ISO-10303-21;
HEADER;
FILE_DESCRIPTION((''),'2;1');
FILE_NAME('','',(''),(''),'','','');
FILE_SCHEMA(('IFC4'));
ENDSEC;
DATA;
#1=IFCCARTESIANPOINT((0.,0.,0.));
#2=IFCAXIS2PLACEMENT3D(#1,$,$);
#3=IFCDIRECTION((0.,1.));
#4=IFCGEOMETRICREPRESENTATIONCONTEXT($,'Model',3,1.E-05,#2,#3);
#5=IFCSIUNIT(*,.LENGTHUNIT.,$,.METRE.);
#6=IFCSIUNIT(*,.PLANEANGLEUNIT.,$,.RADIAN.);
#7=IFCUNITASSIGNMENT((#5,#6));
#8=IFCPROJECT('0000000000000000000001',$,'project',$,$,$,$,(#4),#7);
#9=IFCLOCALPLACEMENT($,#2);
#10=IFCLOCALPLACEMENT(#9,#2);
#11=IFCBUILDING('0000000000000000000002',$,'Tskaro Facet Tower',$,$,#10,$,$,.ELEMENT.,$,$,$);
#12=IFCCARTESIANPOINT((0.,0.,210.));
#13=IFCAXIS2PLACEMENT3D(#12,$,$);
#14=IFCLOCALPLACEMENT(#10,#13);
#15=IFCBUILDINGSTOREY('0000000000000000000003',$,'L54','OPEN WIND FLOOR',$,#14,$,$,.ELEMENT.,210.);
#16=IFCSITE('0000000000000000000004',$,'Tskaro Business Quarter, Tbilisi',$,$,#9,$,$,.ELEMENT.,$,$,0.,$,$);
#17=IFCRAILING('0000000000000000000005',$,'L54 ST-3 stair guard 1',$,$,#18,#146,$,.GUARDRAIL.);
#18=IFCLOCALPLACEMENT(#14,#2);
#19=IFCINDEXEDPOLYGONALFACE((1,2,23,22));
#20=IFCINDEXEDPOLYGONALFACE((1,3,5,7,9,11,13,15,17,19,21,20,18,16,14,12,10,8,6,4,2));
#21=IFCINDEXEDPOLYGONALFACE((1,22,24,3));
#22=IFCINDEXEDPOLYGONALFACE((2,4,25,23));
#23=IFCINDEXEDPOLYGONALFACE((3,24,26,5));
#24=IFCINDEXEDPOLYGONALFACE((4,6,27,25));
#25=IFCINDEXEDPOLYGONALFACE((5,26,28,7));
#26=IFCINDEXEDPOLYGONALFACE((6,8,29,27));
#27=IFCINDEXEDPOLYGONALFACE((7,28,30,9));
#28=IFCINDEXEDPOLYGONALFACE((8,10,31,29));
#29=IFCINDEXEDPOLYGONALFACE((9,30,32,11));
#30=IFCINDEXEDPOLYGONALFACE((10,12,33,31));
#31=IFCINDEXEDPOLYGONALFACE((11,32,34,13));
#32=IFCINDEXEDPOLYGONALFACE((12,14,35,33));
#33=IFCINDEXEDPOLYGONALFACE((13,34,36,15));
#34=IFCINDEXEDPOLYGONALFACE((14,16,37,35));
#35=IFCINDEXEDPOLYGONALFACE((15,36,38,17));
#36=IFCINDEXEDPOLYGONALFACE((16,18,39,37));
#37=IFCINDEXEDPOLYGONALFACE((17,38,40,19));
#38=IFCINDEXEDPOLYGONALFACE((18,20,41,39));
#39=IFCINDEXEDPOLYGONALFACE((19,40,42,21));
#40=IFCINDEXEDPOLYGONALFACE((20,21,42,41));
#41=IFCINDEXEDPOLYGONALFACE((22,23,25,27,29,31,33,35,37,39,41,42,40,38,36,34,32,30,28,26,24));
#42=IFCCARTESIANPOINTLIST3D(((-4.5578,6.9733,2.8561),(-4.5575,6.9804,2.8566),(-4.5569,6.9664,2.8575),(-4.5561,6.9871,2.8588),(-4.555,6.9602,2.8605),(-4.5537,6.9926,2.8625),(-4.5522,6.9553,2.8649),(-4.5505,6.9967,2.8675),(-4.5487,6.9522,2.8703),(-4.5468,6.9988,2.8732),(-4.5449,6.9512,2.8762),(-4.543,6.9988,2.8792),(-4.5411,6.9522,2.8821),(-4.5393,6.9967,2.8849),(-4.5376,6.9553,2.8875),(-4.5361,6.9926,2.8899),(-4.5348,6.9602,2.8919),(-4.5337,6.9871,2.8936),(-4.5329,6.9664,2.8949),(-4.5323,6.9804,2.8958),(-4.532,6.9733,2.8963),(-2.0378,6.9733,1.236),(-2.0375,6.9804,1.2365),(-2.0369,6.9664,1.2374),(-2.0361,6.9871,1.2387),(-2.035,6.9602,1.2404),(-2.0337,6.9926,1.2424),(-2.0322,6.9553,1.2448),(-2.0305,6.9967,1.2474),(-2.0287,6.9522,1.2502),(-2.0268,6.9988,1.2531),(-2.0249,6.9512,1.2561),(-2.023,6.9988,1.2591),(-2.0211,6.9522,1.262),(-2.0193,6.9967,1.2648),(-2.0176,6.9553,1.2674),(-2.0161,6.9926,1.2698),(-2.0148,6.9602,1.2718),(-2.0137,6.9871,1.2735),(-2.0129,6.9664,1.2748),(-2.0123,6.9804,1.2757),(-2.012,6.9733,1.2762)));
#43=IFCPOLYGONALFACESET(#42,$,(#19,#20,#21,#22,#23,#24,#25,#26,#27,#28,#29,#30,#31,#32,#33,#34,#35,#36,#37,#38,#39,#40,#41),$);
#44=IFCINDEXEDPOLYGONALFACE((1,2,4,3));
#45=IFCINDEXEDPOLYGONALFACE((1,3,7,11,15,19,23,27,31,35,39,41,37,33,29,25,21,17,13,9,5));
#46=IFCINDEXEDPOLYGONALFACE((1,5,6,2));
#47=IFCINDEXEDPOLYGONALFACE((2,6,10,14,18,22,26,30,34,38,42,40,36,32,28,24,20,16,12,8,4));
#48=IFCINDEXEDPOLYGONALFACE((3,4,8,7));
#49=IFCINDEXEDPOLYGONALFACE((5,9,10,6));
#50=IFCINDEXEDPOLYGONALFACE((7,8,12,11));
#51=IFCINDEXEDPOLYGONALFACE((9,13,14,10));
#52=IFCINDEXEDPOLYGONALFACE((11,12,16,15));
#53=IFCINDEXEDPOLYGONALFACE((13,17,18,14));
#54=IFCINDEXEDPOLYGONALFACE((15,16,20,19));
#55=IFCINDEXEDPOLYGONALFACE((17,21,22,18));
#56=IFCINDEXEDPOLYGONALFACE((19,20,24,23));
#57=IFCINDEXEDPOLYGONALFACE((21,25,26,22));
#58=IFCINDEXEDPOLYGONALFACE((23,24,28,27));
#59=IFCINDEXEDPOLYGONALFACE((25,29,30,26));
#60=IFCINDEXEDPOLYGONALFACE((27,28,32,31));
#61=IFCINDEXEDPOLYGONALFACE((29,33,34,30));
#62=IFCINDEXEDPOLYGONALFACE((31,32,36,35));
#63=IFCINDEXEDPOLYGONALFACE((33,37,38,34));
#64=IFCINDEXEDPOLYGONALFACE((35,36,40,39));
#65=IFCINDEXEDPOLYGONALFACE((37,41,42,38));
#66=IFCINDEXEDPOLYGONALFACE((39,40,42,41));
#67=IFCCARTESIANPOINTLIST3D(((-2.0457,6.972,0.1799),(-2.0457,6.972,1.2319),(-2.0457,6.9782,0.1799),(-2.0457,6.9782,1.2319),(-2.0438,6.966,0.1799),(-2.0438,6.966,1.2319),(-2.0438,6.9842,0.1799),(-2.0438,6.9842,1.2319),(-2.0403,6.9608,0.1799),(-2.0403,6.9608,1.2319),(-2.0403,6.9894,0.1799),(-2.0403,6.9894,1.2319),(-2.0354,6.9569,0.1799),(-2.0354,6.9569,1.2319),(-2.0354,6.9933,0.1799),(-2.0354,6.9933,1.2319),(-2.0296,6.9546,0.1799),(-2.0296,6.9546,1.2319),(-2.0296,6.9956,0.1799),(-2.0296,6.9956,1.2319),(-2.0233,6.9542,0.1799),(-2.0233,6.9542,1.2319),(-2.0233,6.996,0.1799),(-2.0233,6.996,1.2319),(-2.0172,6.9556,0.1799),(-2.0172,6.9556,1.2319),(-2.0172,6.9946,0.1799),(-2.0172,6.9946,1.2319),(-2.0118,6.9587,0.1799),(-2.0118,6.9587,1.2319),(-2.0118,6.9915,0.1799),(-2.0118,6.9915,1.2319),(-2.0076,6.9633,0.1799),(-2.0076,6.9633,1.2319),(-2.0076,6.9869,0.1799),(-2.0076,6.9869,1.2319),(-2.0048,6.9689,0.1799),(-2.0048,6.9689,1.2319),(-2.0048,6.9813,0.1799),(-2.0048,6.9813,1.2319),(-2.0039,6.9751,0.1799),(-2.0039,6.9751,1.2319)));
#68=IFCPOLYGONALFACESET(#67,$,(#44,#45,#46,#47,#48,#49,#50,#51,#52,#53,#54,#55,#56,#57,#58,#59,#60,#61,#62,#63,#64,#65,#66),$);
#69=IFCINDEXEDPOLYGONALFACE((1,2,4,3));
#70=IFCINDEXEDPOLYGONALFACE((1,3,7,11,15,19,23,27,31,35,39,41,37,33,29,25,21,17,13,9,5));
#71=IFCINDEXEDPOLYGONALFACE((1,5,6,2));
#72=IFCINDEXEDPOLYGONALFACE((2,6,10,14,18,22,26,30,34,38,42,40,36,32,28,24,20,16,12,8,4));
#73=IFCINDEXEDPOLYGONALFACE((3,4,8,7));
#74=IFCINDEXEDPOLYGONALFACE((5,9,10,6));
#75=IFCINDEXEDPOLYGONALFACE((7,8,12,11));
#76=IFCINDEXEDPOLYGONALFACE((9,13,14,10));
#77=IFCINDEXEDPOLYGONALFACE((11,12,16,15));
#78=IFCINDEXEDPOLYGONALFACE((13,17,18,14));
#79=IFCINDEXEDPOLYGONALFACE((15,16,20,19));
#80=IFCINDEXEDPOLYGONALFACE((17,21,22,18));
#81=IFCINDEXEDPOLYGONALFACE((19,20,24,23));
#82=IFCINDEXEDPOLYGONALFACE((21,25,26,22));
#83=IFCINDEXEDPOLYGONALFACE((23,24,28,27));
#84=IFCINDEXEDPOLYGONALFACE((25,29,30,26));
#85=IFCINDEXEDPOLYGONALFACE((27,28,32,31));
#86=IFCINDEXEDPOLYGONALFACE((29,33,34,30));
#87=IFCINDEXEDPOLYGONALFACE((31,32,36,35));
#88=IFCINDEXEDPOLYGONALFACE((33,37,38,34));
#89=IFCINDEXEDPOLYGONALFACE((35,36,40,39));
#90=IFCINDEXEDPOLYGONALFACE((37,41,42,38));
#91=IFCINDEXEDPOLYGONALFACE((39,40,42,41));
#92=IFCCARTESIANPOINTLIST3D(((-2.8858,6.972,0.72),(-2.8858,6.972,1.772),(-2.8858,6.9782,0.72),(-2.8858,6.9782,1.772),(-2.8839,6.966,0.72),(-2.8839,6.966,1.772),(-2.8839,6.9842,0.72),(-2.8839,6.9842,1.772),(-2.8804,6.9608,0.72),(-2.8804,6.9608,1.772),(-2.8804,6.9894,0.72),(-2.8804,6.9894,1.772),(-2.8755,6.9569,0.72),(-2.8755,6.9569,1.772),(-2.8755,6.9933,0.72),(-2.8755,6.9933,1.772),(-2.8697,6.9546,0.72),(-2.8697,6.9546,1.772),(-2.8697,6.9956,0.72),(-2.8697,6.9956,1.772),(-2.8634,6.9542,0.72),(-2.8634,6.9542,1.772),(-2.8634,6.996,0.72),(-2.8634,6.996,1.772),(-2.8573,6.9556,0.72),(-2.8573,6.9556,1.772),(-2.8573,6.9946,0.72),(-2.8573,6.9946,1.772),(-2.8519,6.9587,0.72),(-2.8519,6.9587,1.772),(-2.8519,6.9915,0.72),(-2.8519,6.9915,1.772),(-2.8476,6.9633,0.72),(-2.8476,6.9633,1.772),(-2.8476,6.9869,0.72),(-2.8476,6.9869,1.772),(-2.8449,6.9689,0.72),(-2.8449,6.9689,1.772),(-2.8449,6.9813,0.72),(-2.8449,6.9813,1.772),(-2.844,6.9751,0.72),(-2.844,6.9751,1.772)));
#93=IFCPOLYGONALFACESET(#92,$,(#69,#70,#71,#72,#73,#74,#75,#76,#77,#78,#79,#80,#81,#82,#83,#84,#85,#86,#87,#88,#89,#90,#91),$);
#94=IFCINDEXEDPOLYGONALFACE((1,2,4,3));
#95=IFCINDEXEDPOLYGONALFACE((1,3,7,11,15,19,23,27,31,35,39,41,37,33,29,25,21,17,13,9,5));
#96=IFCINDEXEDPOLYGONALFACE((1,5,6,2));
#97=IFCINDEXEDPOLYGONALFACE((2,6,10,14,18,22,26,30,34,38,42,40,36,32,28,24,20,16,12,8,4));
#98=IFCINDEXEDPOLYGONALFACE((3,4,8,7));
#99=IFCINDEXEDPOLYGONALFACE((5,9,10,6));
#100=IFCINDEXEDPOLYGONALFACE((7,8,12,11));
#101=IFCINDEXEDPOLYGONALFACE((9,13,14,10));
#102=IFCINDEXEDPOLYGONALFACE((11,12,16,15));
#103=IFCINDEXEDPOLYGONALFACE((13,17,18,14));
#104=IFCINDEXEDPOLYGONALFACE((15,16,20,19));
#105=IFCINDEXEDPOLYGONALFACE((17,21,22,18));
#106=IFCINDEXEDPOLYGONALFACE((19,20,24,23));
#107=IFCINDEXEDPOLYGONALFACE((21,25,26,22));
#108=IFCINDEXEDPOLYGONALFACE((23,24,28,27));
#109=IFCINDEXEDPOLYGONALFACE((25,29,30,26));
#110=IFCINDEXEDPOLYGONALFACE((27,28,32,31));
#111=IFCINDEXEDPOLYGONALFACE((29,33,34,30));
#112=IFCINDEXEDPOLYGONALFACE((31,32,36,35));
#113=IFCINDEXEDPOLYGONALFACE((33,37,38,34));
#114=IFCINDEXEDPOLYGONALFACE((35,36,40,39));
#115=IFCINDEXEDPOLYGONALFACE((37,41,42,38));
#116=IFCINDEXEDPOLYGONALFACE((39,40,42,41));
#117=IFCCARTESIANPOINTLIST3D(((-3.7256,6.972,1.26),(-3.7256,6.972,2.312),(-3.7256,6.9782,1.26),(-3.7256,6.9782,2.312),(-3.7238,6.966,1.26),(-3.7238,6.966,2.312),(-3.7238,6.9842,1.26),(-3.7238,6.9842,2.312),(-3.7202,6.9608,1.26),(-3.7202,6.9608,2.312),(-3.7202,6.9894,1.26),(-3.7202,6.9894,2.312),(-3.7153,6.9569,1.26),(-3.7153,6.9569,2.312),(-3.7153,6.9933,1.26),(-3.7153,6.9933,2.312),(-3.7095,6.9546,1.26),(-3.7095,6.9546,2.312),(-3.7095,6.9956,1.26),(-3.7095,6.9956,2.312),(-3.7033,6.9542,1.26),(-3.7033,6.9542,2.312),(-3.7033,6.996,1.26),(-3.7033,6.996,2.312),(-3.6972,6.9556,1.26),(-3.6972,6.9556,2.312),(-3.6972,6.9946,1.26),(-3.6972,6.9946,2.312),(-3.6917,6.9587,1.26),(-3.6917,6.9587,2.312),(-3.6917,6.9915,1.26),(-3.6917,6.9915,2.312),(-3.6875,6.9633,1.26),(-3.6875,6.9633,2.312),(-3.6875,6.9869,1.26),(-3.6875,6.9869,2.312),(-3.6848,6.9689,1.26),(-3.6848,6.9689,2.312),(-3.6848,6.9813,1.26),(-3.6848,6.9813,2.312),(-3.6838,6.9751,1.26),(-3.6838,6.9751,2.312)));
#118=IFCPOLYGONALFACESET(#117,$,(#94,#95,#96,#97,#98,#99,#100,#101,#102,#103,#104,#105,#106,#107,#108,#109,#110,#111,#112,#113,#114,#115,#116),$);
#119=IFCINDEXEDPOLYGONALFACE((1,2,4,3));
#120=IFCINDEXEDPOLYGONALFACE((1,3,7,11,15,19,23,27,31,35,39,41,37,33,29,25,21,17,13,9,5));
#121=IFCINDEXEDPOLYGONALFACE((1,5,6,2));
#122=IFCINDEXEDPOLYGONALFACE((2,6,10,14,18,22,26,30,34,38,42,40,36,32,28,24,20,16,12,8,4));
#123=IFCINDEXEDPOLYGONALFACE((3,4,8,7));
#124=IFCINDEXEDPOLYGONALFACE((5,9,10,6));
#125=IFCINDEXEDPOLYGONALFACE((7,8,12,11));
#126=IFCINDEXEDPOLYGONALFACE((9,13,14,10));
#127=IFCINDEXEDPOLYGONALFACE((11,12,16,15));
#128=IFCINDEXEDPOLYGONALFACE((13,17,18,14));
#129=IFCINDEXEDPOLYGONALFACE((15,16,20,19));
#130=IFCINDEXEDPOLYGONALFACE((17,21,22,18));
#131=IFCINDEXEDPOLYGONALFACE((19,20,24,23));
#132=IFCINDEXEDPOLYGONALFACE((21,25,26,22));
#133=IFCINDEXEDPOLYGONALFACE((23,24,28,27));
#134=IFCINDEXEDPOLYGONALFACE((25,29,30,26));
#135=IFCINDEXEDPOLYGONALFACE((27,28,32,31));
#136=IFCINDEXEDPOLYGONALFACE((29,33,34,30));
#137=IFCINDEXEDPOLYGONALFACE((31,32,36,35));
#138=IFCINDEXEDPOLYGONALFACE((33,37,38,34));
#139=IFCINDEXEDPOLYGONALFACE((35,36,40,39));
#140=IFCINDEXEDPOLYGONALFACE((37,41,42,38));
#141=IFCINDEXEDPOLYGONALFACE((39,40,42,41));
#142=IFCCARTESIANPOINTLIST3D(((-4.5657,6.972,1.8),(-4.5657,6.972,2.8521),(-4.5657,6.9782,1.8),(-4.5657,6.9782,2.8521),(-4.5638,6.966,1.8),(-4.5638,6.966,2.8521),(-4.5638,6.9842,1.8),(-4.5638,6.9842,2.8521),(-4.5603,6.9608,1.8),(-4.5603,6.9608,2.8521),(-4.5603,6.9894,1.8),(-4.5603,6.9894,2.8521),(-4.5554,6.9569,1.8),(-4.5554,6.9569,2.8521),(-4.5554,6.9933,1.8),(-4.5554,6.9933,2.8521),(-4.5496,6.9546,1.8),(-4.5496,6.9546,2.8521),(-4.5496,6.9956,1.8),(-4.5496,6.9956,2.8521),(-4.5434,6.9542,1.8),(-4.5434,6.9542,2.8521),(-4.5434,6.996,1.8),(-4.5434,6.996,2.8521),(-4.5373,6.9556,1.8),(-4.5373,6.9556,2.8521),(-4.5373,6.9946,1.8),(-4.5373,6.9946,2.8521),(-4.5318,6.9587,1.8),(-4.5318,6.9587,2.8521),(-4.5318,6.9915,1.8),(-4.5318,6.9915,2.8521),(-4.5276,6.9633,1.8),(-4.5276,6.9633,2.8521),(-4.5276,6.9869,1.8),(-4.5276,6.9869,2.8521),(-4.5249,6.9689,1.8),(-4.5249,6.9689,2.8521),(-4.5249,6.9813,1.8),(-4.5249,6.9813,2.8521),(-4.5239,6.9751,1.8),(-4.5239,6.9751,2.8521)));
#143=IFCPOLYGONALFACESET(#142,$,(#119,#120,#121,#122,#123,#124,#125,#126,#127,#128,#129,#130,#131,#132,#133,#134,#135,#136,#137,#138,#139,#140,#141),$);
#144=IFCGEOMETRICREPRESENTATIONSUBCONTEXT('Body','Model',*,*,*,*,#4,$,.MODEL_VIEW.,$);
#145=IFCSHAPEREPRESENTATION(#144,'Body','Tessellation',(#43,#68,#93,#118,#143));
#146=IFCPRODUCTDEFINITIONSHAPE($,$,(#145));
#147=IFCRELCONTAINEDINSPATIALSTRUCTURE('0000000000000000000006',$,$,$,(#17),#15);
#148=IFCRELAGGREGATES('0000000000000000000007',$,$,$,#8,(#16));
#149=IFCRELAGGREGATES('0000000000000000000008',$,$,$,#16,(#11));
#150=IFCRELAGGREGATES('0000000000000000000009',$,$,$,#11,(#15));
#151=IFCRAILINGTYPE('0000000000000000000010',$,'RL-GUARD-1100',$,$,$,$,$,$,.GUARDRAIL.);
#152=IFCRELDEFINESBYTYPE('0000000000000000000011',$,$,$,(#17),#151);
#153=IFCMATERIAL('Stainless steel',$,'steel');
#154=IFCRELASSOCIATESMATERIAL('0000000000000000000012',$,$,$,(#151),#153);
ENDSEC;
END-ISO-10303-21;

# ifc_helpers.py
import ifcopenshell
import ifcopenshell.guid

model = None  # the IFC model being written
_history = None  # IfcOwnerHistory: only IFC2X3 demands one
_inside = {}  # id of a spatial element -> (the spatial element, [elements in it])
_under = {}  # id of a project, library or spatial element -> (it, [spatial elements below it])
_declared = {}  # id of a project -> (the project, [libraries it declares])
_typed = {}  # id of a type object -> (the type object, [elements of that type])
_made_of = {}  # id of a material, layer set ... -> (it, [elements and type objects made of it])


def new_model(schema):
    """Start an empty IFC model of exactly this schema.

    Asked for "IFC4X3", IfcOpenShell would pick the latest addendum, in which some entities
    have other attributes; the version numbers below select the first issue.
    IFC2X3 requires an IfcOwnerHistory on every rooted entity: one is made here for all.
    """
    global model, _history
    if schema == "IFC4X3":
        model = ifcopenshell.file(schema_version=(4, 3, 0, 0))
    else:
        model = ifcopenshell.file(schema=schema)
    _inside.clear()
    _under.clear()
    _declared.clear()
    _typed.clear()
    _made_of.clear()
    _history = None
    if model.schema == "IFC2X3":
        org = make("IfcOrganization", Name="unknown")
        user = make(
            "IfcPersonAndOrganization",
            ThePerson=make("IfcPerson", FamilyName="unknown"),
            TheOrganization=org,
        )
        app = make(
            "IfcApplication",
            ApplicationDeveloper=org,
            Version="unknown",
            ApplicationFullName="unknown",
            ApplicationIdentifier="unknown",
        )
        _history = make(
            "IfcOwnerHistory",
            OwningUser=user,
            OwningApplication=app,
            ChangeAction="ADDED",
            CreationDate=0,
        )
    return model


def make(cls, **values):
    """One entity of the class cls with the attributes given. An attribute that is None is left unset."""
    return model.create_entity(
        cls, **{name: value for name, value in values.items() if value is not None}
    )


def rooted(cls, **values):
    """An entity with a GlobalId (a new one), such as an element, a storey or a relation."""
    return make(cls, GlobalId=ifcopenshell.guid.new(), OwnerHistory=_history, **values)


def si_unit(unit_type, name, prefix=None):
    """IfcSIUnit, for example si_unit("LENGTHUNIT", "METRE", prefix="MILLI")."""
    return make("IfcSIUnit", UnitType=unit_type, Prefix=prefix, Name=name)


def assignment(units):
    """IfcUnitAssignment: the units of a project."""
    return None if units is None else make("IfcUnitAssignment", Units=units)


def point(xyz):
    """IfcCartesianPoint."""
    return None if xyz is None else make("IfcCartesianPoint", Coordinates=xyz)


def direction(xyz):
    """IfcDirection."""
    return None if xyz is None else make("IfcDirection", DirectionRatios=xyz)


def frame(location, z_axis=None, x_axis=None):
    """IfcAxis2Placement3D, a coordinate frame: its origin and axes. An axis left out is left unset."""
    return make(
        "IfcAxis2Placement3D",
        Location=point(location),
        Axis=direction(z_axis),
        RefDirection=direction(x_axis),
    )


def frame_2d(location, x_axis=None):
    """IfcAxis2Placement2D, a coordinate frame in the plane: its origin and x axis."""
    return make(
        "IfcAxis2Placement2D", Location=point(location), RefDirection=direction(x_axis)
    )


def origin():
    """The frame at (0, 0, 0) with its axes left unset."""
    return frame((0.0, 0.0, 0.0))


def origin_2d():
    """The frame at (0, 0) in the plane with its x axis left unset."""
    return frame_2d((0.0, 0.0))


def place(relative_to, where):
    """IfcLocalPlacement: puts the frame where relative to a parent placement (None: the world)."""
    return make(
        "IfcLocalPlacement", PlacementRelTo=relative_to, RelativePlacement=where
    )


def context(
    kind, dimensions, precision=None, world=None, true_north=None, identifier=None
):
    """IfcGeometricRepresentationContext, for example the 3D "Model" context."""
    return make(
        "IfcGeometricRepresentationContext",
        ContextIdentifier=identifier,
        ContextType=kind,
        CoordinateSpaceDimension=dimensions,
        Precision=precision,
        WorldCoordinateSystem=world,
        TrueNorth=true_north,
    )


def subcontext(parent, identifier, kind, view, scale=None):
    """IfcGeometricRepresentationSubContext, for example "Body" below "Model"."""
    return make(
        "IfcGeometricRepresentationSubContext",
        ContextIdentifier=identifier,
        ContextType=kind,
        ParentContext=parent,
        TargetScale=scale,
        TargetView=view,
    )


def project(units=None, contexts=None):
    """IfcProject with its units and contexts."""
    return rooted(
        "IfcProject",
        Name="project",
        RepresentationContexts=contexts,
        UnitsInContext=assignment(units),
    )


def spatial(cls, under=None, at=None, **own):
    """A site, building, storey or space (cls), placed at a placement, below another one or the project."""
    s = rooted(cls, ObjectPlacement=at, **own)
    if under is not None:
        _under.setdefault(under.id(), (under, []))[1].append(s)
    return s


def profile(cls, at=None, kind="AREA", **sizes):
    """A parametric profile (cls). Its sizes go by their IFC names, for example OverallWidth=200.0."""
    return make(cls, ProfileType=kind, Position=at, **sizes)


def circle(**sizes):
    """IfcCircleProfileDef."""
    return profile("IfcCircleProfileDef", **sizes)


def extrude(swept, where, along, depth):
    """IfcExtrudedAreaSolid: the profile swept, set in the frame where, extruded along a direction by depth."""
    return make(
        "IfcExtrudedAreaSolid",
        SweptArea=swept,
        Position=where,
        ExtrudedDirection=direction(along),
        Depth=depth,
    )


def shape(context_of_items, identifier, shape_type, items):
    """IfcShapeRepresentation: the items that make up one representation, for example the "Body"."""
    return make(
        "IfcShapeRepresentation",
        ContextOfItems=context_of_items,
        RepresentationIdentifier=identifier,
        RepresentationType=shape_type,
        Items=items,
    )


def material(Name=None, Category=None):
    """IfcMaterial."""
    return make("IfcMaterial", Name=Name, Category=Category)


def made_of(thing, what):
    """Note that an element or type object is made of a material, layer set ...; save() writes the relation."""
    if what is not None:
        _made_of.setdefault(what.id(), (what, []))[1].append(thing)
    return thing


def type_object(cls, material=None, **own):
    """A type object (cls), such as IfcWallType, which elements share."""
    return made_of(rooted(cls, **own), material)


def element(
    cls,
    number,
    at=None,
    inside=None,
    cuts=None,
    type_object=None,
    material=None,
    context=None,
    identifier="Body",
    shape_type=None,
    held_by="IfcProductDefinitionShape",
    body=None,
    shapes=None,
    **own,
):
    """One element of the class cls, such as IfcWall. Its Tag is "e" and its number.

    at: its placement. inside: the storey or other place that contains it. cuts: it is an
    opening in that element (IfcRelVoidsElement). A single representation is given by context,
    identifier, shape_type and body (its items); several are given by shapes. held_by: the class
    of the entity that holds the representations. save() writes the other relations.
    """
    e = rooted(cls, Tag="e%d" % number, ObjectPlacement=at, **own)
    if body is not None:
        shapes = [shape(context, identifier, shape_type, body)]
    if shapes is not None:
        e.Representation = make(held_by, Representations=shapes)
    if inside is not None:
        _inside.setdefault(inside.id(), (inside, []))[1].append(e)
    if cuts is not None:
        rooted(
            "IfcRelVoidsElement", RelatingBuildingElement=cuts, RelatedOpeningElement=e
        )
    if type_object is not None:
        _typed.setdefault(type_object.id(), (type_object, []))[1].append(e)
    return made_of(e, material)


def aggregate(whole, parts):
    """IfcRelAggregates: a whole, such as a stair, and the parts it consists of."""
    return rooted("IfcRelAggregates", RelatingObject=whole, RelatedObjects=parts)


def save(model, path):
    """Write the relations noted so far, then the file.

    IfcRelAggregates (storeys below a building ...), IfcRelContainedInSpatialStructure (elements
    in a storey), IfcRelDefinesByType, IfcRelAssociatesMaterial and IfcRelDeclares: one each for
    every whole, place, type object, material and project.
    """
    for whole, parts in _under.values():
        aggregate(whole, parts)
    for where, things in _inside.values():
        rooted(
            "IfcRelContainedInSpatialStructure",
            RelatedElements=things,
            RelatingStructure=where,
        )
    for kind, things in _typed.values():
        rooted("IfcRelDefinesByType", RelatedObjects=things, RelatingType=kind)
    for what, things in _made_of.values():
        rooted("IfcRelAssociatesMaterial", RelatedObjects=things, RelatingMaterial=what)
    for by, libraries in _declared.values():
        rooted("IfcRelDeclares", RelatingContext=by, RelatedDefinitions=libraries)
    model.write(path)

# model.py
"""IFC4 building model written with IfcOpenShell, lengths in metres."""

from ifc_helpers import new_model, si_unit, direction, frame, origin, origin_2d, place, context, subcontext, project, spatial, circle, extrude, material, type_object, element, save


model = new_model("IFC4")

# Units and contexts
model_context = context("Model", 3, precision=1e-05, world=origin(), true_north=direction((0.0, 1.0)))
body_context = subcontext(model_context, "Body", "Model", "MODEL_VIEW")
ifc_project = project(units=[si_unit("LENGTHUNIT", "METRE"), si_unit("PLANEANGLEUNIT", "RADIAN")], contexts=[model_context])

# Site, building, storey
site_placement = place(None, origin())
site = spatial("IfcSite", under=ifc_project, at=site_placement, Name="Tskaro Business Quarter, Tbilisi", CompositionType="ELEMENT", RefElevation=0.0)
building_placement = place(site_placement, origin())
building = spatial("IfcBuilding", under=site, at=building_placement, Name="Tskaro Facet Tower", CompositionType="ELEMENT")
storey_placement = place(building_placement, frame((0.0, 0.0, 210.0)))
storey = spatial("IfcBuildingStorey", under=building, at=storey_placement, Name="L54", Description="OPEN WIND FLOOR", CompositionType="ELEMENT", Elevation=210.0)

# Railing
ifc_material_1 = material(Name="Stainless steel", Category="steel")
railing_type_1 = type_object("IfcRailingType", Name="RL-GUARD-1100", PredefinedType="GUARDRAIL", material=ifc_material_1)
railing_1_placement = place(storey_placement, frame((-2.0249, 6.9751, 0.1799)))
element("IfcRailing", 1, at=railing_1_placement, inside=storey, type_object=railing_type_1, Name="L54 ST-3 stair guard 1", PredefinedType="GUARDRAIL", context=body_context, shape_type="SweptSolid", body=[
    extrude(circle(Radius=0.0239, at=origin_2d()), frame((0.0, 0.0, 1.0762), z_axis=(-0.841163, 0.0, 0.540782), x_axis=(0.0, -1.0, 0.0)), (0.0, 0.0, 1.0), 2.9958),
    extrude(circle(Radius=0.021, at=origin_2d()), origin(), (0.0, 0.0, 1.0), 1.052),
    extrude(circle(Radius=0.021, at=origin_2d()), frame((-0.8401, 0.0, 0.54)), (0.0, 0.0, 1.0), 1.052),
    extrude(circle(Radius=0.021, at=origin_2d()), frame((-1.6799, 0.0, 1.0801)), (0.0, 0.0, 1.0), 1.052),
    extrude(circle(Radius=0.021, at=origin_2d()), frame((-2.52, 0.0, 1.6201)), (0.0, 0.0, 1.0), 1.052),
])

save(model, "model.ifc")
